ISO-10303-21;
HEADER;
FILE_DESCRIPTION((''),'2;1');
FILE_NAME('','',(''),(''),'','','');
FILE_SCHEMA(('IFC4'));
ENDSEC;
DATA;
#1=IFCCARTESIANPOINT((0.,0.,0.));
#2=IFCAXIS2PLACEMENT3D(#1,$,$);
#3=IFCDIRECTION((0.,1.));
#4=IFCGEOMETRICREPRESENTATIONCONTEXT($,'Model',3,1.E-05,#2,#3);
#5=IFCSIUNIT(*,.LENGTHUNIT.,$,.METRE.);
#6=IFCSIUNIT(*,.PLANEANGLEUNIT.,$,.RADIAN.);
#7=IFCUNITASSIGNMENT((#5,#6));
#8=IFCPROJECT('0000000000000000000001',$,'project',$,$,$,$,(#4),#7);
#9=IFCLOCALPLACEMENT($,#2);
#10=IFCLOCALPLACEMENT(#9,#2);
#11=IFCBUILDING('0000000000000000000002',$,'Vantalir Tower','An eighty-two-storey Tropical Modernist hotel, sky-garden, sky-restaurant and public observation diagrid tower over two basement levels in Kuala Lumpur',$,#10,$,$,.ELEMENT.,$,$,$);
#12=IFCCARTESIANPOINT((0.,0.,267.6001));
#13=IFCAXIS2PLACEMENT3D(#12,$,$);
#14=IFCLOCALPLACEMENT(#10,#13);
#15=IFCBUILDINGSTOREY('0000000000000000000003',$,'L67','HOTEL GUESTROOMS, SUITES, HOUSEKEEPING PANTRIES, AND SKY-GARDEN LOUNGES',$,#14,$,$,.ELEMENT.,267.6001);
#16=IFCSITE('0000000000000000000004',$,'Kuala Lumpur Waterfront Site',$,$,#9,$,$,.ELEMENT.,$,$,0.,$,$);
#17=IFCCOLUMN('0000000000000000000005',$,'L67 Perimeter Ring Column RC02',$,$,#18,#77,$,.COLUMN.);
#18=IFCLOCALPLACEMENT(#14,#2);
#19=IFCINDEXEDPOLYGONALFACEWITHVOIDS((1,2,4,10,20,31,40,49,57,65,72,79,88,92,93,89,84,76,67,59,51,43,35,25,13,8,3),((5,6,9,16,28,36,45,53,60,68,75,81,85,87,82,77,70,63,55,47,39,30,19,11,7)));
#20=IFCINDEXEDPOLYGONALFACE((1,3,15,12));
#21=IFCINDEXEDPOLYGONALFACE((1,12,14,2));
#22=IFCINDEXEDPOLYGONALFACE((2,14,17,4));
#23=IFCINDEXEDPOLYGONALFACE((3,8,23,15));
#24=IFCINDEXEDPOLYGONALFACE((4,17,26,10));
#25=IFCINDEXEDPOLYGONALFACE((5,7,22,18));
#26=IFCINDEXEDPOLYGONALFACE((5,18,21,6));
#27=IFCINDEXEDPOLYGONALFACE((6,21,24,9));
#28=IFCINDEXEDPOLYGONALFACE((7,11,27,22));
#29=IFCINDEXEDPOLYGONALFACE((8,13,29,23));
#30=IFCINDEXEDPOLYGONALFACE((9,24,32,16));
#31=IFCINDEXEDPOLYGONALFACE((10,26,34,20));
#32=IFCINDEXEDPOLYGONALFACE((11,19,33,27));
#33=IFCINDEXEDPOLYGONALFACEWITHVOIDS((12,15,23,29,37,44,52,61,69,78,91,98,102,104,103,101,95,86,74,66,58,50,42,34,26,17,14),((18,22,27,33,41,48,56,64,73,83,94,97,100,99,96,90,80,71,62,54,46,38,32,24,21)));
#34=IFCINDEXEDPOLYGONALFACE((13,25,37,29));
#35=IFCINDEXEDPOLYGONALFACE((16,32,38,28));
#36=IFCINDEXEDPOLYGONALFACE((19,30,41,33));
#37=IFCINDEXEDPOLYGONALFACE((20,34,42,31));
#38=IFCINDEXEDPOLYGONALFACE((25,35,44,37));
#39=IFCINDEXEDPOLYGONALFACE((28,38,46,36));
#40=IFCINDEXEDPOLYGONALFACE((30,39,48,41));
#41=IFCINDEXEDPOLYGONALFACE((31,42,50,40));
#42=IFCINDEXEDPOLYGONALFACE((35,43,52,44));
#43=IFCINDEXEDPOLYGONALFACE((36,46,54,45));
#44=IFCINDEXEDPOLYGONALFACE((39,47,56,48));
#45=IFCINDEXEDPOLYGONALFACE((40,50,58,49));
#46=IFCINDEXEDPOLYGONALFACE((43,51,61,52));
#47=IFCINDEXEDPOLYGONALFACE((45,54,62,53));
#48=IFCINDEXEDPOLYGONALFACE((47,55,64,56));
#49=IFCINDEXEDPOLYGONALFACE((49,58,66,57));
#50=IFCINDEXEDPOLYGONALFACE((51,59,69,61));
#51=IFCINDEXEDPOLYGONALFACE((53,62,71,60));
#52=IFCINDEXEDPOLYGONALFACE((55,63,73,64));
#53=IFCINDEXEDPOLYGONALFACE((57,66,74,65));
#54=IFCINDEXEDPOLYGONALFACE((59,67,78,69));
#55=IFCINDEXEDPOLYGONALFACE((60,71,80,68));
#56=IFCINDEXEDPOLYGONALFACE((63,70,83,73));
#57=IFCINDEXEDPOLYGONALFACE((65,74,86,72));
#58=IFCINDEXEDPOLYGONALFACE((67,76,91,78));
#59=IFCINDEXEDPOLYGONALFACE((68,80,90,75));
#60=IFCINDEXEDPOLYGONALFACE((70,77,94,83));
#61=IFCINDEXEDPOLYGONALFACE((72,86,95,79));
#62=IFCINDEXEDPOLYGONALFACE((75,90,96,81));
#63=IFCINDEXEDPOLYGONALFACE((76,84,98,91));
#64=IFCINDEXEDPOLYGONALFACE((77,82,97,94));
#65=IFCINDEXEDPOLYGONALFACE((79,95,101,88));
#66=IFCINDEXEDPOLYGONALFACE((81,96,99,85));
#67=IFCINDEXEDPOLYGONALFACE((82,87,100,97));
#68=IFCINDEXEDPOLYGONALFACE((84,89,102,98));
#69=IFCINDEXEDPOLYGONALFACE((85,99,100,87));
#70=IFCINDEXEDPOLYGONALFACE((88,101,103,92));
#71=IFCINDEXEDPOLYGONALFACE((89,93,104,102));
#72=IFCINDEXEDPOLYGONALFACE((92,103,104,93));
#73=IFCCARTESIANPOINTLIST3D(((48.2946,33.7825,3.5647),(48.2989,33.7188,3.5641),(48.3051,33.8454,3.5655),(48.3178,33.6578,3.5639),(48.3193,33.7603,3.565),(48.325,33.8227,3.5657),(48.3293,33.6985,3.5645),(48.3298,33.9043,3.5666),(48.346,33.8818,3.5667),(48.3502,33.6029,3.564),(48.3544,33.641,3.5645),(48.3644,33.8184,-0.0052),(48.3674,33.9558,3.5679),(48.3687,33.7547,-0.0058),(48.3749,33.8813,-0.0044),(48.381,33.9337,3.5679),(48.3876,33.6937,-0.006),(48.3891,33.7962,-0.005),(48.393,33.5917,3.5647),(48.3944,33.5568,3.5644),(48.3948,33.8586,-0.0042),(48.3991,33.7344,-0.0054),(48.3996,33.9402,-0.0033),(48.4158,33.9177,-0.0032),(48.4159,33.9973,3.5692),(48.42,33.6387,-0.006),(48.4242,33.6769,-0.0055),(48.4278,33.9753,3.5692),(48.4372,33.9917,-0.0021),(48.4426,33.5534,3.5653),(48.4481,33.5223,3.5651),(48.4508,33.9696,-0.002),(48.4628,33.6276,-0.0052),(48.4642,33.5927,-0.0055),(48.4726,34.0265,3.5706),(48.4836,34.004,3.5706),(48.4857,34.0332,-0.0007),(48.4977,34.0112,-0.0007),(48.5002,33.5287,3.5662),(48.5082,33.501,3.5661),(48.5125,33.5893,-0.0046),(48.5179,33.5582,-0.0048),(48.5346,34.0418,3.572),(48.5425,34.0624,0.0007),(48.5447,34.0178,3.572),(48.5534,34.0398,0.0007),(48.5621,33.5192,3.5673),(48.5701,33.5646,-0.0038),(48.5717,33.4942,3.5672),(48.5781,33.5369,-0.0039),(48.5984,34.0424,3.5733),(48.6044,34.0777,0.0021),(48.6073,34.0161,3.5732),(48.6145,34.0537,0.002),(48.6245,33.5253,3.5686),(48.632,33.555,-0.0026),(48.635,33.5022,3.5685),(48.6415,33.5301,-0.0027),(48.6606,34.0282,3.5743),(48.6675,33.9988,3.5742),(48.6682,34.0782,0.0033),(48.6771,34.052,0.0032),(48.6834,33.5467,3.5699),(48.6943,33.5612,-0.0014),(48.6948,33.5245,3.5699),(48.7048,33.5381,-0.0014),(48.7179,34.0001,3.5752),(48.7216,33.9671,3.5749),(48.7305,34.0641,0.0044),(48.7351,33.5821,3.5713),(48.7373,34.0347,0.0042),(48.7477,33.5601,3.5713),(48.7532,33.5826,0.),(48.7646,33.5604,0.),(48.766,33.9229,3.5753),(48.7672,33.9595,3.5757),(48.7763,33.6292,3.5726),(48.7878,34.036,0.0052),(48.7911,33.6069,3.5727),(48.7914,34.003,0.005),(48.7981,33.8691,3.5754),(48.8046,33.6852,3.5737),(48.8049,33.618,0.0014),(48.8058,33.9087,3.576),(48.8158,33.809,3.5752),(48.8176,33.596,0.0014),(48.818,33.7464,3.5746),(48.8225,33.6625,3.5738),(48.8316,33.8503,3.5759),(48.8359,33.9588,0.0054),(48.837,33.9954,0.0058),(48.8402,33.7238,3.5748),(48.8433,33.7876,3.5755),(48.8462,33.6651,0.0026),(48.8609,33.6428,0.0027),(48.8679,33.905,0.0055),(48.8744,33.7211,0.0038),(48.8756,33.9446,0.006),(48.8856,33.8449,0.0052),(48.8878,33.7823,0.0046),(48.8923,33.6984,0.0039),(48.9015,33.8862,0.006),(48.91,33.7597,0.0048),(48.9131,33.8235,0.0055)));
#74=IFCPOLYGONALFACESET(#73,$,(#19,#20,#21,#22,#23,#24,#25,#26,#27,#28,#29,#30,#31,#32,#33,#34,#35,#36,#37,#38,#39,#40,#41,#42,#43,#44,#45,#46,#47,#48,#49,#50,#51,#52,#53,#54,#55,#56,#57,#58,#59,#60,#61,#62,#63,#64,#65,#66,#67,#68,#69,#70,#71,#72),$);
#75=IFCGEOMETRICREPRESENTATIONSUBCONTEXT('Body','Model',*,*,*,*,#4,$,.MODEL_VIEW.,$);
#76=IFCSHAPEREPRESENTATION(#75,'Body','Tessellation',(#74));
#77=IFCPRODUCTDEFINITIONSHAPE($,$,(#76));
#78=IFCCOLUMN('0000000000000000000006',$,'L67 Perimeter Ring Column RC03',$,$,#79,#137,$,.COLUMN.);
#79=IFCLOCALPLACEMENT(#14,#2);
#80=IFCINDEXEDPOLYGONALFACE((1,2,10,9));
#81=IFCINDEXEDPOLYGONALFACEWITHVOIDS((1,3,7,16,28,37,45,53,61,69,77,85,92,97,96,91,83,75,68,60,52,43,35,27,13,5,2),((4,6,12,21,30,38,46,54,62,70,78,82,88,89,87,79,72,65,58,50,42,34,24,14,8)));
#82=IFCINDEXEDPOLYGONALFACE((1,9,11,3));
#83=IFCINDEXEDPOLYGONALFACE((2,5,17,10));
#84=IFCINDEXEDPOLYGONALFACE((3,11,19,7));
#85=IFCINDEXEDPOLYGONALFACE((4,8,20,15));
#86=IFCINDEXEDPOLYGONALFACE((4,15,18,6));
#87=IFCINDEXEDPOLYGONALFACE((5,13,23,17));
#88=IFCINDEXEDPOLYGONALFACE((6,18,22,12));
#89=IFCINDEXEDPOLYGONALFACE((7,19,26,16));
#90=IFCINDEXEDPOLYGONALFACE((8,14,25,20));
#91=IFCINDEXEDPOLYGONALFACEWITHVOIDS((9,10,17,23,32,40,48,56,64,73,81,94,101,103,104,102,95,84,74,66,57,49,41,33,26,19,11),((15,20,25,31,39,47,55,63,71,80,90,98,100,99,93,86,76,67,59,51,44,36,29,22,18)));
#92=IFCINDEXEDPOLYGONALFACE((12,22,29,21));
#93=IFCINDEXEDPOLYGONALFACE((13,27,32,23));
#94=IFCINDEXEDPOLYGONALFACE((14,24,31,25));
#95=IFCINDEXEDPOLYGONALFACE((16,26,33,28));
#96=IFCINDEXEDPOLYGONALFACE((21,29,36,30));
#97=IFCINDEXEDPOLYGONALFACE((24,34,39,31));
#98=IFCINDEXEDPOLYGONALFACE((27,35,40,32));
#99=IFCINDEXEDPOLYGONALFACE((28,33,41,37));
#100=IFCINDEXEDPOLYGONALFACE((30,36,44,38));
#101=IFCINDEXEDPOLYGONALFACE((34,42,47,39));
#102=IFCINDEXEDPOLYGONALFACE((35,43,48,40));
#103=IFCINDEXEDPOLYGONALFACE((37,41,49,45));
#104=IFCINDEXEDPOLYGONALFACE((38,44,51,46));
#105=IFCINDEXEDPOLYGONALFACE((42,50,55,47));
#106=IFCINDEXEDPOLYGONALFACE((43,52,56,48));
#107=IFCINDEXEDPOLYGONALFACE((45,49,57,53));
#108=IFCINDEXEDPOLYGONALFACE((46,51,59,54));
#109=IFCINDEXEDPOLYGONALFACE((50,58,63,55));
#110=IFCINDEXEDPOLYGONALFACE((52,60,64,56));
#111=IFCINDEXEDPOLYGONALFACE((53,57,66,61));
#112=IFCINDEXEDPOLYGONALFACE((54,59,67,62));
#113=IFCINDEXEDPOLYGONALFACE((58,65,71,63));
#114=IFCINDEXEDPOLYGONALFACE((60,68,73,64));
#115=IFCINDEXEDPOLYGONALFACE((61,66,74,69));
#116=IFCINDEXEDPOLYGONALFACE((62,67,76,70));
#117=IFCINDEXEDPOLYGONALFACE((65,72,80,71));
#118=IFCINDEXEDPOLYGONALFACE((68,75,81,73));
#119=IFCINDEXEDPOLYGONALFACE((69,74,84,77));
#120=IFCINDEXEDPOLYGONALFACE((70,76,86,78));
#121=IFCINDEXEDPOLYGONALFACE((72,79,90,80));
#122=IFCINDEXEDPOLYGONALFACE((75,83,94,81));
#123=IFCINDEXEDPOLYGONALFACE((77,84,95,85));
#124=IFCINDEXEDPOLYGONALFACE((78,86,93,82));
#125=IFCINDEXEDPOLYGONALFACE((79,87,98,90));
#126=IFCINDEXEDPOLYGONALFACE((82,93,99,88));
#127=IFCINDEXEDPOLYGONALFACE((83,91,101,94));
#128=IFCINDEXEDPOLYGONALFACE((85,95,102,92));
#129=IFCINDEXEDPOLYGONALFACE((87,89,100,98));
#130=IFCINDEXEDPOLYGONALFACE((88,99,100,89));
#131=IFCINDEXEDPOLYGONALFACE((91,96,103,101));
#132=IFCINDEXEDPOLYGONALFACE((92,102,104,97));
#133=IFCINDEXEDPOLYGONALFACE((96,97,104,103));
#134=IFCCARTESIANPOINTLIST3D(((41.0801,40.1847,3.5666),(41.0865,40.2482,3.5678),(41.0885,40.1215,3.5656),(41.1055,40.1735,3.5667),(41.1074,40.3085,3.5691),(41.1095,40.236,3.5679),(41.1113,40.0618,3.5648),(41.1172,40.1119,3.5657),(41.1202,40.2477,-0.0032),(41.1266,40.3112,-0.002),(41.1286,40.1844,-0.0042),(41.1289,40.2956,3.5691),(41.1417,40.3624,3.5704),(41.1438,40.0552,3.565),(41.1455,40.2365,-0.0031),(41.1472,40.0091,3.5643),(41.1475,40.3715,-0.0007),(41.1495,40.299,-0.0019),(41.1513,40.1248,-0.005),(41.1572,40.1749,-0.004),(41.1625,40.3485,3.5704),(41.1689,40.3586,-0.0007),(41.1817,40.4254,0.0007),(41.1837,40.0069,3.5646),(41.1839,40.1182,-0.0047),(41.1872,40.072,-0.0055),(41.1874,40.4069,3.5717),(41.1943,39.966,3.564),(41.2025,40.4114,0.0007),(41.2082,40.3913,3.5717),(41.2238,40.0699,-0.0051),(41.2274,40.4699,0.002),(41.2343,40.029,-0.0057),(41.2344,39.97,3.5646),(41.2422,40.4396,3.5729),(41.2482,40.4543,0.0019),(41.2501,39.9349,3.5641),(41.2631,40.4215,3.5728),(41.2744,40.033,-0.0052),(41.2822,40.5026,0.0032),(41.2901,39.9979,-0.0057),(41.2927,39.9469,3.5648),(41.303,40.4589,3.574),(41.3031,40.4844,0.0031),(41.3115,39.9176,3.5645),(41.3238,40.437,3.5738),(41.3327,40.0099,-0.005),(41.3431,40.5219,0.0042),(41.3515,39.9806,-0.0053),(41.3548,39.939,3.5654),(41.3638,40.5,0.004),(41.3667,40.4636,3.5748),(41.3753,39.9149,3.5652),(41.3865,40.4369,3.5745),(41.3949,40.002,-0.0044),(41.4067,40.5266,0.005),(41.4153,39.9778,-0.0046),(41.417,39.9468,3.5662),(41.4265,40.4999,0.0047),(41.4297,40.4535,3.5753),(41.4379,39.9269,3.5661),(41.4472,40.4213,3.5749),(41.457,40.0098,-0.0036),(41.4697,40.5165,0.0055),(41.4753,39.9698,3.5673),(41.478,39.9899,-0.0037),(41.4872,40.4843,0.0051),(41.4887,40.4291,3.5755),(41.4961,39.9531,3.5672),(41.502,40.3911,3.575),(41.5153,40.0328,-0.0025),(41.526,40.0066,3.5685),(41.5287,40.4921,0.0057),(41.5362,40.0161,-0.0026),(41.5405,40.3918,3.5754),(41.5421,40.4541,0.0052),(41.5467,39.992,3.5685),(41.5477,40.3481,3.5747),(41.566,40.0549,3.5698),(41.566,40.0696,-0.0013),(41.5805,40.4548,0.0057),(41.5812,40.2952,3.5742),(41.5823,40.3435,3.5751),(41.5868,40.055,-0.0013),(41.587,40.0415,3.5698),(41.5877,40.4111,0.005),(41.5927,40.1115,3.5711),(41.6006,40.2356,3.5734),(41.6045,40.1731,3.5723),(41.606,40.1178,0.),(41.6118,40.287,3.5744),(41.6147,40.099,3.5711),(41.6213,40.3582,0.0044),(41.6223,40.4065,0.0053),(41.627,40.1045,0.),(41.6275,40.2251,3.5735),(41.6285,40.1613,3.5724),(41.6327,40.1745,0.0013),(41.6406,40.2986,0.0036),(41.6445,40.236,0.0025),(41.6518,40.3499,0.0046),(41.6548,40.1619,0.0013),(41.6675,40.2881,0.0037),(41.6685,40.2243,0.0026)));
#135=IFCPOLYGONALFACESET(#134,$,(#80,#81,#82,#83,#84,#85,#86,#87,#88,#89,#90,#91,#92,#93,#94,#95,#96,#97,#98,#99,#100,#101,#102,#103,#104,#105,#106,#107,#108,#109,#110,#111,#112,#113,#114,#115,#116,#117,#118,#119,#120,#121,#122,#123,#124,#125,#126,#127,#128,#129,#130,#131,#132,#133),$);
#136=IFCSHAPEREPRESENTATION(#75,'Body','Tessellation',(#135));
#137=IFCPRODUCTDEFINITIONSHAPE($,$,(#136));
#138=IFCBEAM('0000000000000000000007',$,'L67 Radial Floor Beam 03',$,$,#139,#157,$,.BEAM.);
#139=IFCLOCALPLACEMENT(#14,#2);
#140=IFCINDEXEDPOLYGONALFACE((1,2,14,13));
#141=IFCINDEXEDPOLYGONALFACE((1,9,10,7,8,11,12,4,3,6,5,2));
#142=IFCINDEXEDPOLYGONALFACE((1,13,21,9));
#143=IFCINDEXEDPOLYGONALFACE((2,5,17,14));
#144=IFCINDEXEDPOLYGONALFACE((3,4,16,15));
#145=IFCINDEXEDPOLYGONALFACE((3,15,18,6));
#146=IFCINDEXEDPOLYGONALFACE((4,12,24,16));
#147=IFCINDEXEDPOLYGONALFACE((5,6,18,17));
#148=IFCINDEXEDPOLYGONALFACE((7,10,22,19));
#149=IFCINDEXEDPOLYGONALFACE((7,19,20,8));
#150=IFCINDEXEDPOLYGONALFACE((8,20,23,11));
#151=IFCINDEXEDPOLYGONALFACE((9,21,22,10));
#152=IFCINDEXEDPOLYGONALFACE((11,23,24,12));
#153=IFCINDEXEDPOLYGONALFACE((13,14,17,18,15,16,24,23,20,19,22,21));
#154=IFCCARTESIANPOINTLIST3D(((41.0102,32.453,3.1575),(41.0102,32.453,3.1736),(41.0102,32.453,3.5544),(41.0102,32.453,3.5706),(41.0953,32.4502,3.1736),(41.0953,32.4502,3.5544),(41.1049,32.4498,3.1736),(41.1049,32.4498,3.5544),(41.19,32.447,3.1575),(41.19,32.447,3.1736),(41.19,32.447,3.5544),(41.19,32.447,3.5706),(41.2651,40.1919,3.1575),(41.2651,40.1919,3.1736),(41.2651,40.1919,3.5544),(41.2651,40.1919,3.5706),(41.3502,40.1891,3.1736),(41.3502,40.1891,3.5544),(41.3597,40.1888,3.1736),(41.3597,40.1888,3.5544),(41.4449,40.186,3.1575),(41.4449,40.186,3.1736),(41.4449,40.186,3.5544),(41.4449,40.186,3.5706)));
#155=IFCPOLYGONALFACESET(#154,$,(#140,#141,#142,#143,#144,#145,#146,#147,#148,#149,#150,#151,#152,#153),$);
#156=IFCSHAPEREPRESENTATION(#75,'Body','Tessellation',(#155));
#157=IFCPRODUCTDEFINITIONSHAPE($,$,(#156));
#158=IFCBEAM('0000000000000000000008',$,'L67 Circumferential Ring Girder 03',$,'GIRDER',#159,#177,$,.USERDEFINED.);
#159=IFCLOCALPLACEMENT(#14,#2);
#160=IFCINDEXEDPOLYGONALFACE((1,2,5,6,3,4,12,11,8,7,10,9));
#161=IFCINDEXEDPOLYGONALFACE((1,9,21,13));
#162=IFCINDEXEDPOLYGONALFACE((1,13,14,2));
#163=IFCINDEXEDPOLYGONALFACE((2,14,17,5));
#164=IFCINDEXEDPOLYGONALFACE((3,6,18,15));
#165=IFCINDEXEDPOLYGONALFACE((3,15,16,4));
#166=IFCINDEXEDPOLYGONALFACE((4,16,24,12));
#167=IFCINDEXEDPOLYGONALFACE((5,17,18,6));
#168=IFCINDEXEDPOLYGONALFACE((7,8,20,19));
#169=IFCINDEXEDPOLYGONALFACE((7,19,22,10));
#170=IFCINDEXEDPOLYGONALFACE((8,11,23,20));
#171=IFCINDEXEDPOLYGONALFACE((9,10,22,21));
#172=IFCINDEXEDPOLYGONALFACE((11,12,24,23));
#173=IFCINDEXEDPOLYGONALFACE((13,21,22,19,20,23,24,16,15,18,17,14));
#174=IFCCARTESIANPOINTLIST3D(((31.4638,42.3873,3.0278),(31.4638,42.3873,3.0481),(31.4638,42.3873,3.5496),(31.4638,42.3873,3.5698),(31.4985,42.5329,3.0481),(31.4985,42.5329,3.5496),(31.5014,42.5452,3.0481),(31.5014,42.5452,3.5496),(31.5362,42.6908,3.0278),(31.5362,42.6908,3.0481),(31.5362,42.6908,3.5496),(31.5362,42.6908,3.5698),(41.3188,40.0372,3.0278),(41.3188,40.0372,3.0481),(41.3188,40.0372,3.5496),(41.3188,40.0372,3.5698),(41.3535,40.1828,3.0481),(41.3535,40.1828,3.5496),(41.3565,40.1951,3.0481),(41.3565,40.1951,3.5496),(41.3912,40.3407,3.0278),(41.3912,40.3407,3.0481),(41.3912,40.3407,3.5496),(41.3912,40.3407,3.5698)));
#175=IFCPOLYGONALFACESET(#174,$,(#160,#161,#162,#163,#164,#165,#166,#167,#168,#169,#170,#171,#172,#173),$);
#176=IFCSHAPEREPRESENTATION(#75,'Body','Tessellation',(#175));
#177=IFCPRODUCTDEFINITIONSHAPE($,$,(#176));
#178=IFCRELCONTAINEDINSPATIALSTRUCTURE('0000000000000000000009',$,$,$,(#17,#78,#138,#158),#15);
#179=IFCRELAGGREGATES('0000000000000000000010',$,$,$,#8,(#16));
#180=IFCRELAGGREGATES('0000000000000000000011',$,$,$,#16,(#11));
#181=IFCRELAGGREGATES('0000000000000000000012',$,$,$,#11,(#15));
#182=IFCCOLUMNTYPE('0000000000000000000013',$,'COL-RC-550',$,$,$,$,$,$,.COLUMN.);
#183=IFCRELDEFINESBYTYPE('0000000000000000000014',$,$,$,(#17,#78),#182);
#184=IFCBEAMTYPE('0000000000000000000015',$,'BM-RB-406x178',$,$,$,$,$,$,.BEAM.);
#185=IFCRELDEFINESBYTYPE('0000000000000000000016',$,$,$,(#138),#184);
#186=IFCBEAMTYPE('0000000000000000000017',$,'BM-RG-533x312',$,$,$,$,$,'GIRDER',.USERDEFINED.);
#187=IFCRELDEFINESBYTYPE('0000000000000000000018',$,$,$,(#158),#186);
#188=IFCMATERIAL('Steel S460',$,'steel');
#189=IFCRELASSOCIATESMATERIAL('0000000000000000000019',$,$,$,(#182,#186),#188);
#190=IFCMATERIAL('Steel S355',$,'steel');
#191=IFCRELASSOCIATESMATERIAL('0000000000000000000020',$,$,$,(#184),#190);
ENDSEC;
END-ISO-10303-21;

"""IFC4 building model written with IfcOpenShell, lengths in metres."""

from ifc_helpers import new_model, si_unit, direction, frame, origin, origin_2d, place, context, subcontext, project, spatial, hollow_circle, i_section, extrude, material, material_profile, profile_set, type_object, element, save


model = new_model("IFC4")

# Units and contexts
model_context = context("Model", 3, precision=1e-05, world=origin(), true_north=direction((0.0, 1.0)))
body_context = subcontext(model_context, "Body", "Model", "MODEL_VIEW")
ifc_project = project(units=[si_unit("LENGTHUNIT", "METRE"), si_unit("PLANEANGLEUNIT", "RADIAN")], contexts=[model_context])

# Site, building, storey
site_placement = place(None, origin())
site = spatial("IfcSite", under=ifc_project, at=site_placement, Name="Kuala Lumpur Waterfront Site", CompositionType="ELEMENT", RefElevation=0.0)
building_placement = place(site_placement, origin())
building = spatial("IfcBuilding", under=site, at=building_placement, Name="Vantalir Tower", Description="An eighty-two-storey Tropical Modernist hotel, sky-garden, sky-restaurant and public observation diagrid tower over two basement levels in Kuala Lumpur", CompositionType="ELEMENT")
storey_placement = place(building_placement, frame((0.0, 0.0, 267.6001)))
storey = spatial("IfcBuildingStorey", under=building, at=storey_placement, Name="L67", Description="HOTEL GUESTROOMS, SUITES, HOUSEKEEPING PANTRIES, AND SKY-GARDEN LOUNGES", CompositionType="ELEMENT", Elevation=267.6001)

# Columns
ifc_material_1 = material(Name="Steel S460", Category="steel")
ifc_material_profile_1 = material_profile(ifc_material_1, hollow_circle(Radius=0.2749, WallThickness=0.0249, at=origin_2d()), Name="Steel S460")
ifc_profile_set_1 = profile_set([ifc_material_profile_1], Name="Steel S460")
column_type = type_object("IfcColumnType", Name="COL-RC-550", PredefinedType="COLUMN", material=ifc_profile_set_1)
column_1_placement = place(storey_placement, frame((48.6389, 33.8049, 0.0), z_axis=(-0.019555, -0.010051, 0.999758), x_axis=(0.457137, -0.889396, 0.0)))
element("IfcColumn", 1, at=column_1_placement, inside=storey, type_object=column_type, Name="L67 Perimeter Ring Column RC02", PredefinedType="COLUMN", context=body_context, shape_type="SweptSolid", body=[
    extrude(hollow_circle(Radius=0.2749, WallThickness=0.0249, at=origin_2d()), origin(), (0.0, 0.0, 1.0), 3.5708),
])
column_2_placement = place(storey_placement, frame((41.395, 40.252, 0.0), z_axis=(-0.011214, -0.017641, 0.999782), x_axis=(0.843931, -0.536452, 0.0)))
element("IfcColumn", 2, at=column_2_placement, inside=storey, type_object=column_type, Name="L67 Perimeter Ring Column RC03", PredefinedType="COLUMN", context=body_context, shape_type="SweptSolid", body=[
    extrude(hollow_circle(Radius=0.2749, WallThickness=0.0249, at=origin_2d()), origin(), (0.0, 0.0, 1.0), 3.5706),
])

# Beams
ifc_material_2 = material(Name="Steel S355", Category="steel")
ifc_material_profile_2 = material_profile(ifc_material_2, i_section(OverallWidth=0.1799, OverallDepth=0.4131, WebThickness=0.0095, FlangeThickness=0.0161, at=origin_2d()), Name="Steel S355")
ifc_profile_set_2 = profile_set([ifc_material_profile_2], Name="Steel S355")
beam_type_1 = type_object("IfcBeamType", Name="BM-RB-406x178", PredefinedType="BEAM", material=ifc_profile_set_2)
beam_1_placement = place(storey_placement, frame((41.355, 40.189, 3.364), z_axis=(-0.032917, -0.999458, 0.0), x_axis=(0.999458, -0.032917, 0.0)))
element("IfcBeam", 3, at=beam_1_placement, inside=storey, type_object=beam_type_1, Name="L67 Radial Floor Beam 03", PredefinedType="BEAM", context=body_context, shape_type="SweptSolid", body=[
    extrude(i_section(OverallWidth=0.1799, OverallDepth=0.4131, WebThickness=0.0095, FlangeThickness=0.0161, at=origin_2d()), origin(), (0.0, 0.0, 1.0), 7.7432),
])
ifc_material_profile_3 = material_profile(ifc_material_1, i_section(OverallWidth=0.312, OverallDepth=0.542, WebThickness=0.0127, FlangeThickness=0.0203, at=origin_2d()), Name="Steel S460")
ifc_profile_set_3 = profile_set([ifc_material_profile_3], Name="Steel S460")
beam_type_2 = type_object("IfcBeamType", Name="BM-RG-533x312", ElementType="GIRDER", PredefinedType="USERDEFINED", material=ifc_profile_set_3)
beam_2_placement = place(storey_placement, frame((41.355, 40.189, 3.2988), z_axis=(-0.972724, 0.231964, 0.0), x_axis=(-0.231964, -0.972724, 0.0)))
element("IfcBeam", 4, at=beam_2_placement, inside=storey, type_object=beam_type_2, Name="L67 Circumferential Ring Girder 03", ObjectType="GIRDER", PredefinedType="USERDEFINED", context=body_context, shape_type="SweptSolid", body=[
    extrude(i_section(OverallWidth=0.312, OverallDepth=0.542, WebThickness=0.0127, FlangeThickness=0.0203, at=origin_2d()), origin(), (0.0, 0.0, 1.0), 10.1313),
])

save(model, "model.ifc")
